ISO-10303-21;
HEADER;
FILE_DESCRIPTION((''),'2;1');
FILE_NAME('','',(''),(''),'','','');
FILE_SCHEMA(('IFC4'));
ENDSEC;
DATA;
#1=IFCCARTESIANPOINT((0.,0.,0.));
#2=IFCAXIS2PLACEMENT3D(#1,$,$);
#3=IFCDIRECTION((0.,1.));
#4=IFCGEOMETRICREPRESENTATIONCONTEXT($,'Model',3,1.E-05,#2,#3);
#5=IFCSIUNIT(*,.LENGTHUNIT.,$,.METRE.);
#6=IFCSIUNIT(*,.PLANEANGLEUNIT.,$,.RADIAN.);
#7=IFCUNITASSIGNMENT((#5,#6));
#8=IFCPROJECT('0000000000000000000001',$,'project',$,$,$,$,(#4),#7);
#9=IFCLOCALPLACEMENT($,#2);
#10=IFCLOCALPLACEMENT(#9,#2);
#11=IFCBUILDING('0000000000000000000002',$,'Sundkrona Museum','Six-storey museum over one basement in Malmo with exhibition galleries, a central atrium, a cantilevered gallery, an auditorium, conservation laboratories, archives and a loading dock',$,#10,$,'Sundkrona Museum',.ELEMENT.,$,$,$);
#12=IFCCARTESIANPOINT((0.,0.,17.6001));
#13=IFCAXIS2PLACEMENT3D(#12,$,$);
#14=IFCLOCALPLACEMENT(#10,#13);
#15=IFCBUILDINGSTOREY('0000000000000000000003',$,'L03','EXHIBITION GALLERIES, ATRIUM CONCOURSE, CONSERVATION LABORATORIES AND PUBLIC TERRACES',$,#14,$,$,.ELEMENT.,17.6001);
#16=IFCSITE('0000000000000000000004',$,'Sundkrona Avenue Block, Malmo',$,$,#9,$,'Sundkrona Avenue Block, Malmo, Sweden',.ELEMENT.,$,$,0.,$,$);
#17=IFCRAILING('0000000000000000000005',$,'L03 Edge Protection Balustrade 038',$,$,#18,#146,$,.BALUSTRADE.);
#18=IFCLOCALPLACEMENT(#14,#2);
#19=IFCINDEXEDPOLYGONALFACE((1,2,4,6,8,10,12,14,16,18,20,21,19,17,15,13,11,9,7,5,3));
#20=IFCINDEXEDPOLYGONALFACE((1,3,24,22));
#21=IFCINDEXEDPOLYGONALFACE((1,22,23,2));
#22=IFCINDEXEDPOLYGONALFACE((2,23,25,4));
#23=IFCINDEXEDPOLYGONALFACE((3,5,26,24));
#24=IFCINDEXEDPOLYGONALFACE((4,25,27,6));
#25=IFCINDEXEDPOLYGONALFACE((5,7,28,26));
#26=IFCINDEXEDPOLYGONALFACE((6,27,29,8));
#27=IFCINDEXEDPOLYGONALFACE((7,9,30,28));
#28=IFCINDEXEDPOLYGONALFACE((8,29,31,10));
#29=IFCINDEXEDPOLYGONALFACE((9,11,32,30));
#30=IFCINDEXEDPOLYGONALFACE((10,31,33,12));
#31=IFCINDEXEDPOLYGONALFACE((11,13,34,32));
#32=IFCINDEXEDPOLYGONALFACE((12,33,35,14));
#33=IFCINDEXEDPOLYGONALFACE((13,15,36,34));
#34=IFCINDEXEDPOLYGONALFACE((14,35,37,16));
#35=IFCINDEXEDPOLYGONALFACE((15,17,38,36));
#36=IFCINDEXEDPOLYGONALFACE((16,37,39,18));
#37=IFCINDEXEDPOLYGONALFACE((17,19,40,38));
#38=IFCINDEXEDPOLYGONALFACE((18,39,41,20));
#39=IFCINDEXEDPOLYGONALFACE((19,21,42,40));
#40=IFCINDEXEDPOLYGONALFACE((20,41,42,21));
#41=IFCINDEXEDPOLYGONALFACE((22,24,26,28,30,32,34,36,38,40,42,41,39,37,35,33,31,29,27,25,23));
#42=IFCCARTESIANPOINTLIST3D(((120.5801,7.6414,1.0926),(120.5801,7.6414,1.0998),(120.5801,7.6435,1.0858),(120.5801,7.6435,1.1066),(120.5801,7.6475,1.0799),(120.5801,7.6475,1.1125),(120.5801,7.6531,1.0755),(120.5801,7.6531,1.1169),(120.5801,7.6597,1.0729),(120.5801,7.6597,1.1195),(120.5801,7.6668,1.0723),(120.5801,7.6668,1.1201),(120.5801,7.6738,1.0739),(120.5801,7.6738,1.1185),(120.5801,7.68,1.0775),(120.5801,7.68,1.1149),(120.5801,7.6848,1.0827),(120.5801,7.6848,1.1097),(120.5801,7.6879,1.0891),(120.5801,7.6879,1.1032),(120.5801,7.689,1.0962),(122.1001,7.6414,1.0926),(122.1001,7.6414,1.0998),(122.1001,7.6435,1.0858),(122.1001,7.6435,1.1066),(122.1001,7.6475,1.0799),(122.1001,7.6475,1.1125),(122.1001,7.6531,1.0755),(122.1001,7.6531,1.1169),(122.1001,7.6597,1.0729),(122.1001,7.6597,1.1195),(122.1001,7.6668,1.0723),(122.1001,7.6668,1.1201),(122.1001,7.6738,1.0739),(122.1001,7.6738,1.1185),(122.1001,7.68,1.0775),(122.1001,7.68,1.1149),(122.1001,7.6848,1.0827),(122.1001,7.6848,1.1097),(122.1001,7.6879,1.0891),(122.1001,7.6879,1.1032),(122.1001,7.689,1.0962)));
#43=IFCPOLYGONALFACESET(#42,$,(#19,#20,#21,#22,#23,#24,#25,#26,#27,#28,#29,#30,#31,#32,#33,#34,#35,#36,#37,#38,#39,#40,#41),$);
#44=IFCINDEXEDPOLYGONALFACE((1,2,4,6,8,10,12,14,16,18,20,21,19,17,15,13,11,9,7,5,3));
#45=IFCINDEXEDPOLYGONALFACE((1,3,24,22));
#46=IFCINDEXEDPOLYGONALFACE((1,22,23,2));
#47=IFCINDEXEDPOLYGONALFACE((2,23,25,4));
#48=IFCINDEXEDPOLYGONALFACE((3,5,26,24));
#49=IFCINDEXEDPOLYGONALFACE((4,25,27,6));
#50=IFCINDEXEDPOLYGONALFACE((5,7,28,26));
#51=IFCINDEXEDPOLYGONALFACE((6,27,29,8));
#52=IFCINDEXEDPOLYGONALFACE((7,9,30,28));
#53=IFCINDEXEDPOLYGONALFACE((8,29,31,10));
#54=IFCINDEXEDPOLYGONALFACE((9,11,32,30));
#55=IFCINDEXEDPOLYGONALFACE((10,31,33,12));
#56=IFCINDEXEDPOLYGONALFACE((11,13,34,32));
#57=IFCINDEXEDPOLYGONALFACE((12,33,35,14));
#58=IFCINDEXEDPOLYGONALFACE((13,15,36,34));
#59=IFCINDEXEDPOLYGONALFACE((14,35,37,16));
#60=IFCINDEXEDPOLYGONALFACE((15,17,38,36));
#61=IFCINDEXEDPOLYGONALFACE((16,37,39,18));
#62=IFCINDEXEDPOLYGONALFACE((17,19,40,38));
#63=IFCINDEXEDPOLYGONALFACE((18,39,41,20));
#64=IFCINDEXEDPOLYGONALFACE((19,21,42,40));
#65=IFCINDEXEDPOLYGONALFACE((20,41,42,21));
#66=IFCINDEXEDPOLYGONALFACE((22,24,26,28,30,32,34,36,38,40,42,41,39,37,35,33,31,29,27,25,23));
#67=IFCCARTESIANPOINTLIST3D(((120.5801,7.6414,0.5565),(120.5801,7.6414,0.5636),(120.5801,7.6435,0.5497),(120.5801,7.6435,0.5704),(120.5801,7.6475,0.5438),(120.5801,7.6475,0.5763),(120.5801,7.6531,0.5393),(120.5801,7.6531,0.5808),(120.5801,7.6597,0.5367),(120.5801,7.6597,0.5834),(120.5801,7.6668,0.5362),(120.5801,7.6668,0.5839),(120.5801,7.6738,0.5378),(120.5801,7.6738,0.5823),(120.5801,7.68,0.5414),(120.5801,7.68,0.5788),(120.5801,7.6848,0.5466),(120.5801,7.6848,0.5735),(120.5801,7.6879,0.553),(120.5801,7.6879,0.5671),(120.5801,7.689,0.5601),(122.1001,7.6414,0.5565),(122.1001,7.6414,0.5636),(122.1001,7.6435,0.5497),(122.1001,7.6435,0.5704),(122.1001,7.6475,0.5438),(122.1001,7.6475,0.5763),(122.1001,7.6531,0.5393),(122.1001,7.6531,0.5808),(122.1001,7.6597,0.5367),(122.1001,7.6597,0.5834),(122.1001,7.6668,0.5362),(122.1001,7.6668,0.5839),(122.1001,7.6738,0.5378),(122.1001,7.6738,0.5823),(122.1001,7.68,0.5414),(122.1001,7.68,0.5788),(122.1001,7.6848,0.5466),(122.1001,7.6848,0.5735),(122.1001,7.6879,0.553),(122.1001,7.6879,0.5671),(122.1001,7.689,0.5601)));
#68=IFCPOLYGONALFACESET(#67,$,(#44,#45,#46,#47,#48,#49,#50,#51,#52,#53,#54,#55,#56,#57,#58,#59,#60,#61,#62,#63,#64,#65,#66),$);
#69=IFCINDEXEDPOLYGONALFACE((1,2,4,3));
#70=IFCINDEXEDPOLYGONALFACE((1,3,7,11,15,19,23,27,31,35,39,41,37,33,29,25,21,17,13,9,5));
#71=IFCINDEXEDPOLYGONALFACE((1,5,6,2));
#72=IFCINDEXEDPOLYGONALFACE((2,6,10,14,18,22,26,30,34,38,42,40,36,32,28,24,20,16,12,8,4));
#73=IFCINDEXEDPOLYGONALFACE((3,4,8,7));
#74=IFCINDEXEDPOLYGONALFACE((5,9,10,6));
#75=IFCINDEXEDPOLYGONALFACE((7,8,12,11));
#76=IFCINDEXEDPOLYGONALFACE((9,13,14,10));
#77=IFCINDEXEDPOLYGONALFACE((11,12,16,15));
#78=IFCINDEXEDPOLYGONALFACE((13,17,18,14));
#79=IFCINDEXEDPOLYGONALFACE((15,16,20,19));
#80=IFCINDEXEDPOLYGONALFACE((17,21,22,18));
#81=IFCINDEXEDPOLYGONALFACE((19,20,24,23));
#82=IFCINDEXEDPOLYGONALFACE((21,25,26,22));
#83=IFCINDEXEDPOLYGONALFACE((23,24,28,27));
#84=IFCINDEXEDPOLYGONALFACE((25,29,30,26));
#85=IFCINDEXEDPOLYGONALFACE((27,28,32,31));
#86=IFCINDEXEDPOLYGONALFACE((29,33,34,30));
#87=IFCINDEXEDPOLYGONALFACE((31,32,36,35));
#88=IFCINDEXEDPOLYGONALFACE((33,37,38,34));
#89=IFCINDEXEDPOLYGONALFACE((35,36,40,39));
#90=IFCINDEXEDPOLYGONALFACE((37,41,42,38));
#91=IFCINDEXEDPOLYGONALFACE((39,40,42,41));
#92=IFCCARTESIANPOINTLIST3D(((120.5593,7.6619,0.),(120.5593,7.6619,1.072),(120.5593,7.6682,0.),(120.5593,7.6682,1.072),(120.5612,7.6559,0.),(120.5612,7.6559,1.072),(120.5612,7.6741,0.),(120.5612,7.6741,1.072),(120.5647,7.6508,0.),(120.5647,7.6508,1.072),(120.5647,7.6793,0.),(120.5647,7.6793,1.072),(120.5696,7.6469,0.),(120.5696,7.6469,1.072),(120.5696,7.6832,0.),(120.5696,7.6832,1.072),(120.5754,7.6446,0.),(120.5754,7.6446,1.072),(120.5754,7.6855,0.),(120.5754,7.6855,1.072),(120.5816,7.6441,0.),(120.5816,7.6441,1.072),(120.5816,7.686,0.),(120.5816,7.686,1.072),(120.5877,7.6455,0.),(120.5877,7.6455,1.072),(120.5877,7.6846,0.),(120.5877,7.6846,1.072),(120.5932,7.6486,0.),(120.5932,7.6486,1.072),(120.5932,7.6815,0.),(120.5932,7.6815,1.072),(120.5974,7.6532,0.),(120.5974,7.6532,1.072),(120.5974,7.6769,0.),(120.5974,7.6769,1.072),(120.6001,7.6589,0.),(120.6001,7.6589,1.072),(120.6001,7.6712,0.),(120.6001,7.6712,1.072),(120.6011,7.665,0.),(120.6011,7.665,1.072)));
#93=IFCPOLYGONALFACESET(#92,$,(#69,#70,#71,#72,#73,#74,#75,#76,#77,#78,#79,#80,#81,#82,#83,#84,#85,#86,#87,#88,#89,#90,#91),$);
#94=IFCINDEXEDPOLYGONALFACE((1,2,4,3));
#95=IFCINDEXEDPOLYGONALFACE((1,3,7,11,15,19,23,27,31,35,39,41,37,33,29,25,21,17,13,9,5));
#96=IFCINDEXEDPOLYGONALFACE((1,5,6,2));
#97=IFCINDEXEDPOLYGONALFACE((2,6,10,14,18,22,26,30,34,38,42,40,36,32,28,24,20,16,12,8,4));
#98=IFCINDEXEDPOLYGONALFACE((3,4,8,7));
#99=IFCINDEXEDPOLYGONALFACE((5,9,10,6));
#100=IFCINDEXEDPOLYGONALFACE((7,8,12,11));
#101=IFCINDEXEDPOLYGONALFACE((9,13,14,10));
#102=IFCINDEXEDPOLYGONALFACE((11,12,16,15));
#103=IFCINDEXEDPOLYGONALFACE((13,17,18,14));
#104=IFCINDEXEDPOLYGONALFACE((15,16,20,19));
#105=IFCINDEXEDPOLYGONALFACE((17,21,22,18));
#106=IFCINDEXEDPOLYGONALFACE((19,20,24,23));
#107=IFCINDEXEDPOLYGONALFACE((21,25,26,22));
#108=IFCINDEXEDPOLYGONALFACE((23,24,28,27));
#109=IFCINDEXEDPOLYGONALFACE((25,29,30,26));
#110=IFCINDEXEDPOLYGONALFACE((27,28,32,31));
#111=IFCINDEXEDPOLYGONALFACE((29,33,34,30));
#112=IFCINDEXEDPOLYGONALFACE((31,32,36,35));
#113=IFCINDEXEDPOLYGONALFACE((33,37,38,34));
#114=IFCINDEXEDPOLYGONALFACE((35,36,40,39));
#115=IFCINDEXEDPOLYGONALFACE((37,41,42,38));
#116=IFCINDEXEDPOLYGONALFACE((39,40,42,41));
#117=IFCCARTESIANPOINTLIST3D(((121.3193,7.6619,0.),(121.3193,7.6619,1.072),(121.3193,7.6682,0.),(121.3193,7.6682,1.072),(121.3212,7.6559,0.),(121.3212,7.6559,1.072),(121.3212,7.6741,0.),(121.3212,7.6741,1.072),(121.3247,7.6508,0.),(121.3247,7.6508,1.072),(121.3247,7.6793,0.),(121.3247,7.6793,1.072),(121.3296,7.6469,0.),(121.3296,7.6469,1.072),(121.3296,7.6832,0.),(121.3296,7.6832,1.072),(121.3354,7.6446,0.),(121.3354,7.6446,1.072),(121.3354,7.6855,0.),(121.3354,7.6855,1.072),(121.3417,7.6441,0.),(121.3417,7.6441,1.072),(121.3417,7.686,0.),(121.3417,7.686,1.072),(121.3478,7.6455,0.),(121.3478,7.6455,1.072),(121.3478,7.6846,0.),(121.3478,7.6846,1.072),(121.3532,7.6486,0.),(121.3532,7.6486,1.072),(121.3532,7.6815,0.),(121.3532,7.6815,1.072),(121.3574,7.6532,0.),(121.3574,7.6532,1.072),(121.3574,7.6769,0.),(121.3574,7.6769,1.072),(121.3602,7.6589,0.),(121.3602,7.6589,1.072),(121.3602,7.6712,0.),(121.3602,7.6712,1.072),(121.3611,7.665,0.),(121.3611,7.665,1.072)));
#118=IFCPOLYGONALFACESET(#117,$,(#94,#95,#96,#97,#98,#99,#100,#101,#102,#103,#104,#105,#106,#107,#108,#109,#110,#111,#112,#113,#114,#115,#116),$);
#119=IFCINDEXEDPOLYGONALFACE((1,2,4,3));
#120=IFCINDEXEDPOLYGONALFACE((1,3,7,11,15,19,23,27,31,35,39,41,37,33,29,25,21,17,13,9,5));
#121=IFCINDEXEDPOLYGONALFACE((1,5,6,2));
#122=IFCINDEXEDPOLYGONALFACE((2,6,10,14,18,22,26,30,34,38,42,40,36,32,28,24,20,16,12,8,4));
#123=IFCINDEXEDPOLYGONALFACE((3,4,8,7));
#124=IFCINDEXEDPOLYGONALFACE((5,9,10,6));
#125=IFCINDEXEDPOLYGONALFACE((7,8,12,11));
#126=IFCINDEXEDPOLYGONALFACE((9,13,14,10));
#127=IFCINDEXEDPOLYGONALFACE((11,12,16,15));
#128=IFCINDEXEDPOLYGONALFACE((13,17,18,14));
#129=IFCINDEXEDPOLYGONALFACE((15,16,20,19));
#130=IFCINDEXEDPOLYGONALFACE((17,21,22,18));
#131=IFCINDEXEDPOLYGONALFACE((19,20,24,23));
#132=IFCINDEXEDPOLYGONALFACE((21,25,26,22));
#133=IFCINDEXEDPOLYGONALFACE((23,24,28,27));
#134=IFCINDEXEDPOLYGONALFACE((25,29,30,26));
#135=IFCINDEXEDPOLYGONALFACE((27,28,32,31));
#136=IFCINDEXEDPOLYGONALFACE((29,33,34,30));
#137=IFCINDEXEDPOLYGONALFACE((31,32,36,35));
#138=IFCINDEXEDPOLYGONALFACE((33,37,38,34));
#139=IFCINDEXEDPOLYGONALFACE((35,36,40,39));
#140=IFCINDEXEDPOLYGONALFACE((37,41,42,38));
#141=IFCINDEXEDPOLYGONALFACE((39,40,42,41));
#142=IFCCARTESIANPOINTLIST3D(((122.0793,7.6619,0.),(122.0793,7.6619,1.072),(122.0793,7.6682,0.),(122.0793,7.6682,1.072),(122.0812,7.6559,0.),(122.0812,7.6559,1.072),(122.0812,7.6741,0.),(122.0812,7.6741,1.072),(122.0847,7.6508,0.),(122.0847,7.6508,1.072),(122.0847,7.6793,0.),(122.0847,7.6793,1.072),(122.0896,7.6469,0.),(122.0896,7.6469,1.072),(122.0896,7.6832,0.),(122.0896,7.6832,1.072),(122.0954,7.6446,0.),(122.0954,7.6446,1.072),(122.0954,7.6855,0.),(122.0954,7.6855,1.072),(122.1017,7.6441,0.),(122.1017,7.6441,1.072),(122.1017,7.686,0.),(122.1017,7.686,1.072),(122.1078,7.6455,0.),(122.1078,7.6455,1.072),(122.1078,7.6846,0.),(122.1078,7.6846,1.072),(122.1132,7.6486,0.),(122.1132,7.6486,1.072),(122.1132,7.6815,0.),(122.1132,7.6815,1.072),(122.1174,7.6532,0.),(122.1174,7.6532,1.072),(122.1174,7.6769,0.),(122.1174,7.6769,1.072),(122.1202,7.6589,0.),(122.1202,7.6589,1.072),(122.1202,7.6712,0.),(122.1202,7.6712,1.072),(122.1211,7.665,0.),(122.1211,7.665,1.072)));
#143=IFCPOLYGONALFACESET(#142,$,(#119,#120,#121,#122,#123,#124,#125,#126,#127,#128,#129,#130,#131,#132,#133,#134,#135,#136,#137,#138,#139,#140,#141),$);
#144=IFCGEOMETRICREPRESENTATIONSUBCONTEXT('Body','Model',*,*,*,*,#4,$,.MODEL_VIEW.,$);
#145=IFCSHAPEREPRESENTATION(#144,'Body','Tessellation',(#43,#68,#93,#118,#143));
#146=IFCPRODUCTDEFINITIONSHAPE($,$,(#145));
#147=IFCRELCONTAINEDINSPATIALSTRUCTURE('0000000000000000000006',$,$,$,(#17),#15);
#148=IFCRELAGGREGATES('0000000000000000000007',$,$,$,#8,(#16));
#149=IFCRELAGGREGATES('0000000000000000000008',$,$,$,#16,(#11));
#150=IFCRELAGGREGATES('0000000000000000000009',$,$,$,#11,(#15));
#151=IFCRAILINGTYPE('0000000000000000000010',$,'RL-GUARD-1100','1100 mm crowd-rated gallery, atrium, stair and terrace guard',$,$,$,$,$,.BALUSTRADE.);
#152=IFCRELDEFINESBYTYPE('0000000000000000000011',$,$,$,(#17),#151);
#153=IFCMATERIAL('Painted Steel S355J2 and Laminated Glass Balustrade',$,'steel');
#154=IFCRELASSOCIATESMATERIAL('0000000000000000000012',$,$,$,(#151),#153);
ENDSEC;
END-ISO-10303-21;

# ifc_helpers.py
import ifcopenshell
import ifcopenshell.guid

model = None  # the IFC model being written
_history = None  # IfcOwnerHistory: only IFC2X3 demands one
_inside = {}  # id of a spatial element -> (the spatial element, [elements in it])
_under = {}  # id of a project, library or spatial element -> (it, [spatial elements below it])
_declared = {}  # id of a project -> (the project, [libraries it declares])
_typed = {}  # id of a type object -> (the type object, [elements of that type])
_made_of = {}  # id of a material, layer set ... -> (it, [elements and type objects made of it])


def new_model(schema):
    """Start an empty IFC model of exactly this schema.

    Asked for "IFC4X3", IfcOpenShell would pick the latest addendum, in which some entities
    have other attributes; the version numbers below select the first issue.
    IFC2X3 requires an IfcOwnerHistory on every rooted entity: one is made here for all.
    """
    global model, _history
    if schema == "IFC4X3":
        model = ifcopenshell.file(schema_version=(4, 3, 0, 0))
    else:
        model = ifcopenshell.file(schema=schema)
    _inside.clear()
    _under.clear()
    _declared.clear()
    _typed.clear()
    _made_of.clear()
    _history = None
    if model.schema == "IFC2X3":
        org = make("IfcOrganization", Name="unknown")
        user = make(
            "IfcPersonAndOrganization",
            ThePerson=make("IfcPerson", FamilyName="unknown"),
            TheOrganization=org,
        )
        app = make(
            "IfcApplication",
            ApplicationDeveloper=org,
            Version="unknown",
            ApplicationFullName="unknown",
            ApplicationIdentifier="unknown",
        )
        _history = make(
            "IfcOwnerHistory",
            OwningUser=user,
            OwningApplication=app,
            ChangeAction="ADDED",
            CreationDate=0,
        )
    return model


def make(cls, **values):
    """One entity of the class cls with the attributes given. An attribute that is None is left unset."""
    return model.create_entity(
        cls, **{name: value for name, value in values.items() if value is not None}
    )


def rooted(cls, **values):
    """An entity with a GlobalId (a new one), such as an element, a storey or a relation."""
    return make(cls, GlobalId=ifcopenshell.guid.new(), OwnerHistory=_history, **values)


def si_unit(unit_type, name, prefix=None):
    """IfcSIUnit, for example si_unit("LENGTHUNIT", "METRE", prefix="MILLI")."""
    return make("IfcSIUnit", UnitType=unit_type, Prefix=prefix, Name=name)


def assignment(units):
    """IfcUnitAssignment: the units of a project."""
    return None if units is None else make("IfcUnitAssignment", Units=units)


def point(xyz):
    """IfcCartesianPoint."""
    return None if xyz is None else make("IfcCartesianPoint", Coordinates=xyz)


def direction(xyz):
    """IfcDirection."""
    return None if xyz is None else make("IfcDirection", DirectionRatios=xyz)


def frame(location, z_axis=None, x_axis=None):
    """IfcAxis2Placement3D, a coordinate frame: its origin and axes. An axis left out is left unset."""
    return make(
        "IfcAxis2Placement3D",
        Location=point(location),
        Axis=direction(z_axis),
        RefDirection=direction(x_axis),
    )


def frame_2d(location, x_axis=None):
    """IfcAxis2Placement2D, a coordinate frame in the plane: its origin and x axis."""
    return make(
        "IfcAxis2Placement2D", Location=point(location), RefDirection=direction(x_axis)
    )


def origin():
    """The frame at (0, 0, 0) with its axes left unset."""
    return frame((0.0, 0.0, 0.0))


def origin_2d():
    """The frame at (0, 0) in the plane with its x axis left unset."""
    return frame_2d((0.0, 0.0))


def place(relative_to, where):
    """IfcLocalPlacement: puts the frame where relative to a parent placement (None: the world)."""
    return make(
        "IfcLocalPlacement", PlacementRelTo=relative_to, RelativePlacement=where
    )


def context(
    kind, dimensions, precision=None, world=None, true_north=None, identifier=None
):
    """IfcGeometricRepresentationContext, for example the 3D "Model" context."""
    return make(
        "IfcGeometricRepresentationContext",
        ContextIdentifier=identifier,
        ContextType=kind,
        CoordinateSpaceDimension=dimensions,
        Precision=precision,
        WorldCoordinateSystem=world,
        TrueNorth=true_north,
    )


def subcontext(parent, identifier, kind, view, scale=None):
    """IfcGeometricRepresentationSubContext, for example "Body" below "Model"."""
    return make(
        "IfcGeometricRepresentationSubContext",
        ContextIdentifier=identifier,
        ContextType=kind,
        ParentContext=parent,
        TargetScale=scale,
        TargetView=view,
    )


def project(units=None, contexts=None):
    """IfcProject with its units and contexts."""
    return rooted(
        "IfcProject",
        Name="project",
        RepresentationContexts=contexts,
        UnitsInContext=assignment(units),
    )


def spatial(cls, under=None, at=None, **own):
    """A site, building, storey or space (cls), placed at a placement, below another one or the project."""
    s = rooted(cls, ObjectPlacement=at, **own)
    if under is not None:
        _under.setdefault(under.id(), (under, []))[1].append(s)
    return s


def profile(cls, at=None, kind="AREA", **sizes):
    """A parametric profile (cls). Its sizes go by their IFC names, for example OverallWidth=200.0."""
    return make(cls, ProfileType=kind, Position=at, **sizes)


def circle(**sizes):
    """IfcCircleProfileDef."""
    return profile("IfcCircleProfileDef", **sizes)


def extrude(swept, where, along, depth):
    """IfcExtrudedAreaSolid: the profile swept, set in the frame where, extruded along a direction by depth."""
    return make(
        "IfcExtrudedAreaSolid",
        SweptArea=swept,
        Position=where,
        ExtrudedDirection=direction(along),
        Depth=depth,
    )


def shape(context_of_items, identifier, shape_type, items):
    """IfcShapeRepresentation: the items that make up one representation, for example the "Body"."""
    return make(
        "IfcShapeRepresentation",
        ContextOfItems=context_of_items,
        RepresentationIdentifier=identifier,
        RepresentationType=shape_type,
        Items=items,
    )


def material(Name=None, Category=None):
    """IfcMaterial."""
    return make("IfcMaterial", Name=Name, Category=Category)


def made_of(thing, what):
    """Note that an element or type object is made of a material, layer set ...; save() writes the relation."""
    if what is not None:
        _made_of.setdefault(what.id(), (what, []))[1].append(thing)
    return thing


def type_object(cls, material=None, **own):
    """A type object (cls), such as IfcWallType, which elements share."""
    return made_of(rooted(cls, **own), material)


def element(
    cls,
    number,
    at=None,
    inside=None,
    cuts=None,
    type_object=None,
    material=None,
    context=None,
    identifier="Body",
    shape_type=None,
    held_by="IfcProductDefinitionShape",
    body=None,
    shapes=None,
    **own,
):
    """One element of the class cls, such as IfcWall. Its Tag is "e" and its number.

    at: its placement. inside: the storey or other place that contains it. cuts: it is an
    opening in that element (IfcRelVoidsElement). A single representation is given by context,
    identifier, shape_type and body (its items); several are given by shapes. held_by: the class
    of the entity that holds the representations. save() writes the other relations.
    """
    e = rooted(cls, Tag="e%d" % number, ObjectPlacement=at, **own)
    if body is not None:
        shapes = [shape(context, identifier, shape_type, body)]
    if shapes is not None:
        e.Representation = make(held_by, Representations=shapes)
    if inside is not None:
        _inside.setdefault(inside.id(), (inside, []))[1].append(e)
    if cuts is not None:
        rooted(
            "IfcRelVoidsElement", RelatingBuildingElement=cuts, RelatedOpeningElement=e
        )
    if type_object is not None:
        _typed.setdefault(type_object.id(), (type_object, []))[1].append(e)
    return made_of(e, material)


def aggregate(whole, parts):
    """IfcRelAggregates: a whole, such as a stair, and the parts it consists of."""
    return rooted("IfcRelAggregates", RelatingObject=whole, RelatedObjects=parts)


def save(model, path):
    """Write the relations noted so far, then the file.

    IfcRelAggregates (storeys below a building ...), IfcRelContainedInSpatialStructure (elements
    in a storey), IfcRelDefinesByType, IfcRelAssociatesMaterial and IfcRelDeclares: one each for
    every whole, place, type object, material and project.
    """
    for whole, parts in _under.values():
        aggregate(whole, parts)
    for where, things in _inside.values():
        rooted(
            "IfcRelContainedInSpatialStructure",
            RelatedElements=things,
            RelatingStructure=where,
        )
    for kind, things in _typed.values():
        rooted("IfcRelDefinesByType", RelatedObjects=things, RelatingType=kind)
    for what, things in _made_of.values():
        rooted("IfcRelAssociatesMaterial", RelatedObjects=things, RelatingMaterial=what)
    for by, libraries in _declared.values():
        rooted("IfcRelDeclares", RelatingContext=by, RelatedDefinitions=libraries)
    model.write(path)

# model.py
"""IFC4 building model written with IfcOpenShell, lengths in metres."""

from ifc_helpers import new_model, si_unit, direction, frame, origin, origin_2d, place, context, subcontext, project, spatial, circle, extrude, material, type_object, element, save


model = new_model("IFC4")

# Units and contexts
model_context = context("Model", 3, precision=1e-05, world=origin(), true_north=direction((0.0, 1.0)))
body_context = subcontext(model_context, "Body", "Model", "MODEL_VIEW")
ifc_project = project(units=[si_unit("LENGTHUNIT", "METRE"), si_unit("PLANEANGLEUNIT", "RADIAN")], contexts=[model_context])

# Site, building, storey
site_placement = place(None, origin())
site = spatial("IfcSite", under=ifc_project, at=site_placement, Name="Sundkrona Avenue Block, Malmo", LongName="Sundkrona Avenue Block, Malmo, Sweden", CompositionType="ELEMENT", RefElevation=0.0)
building_placement = place(site_placement, origin())
building = spatial("IfcBuilding", under=site, at=building_placement, Name="Sundkrona Museum", Description="Six-storey museum over one basement in Malmo with exhibition galleries, a central atrium, a cantilevered gallery, an auditorium, conservation laboratories, archives and a loading dock", LongName="Sundkrona Museum", CompositionType="ELEMENT")
storey_placement = place(building_placement, frame((0.0, 0.0, 17.6001)))
storey = spatial("IfcBuildingStorey", under=building, at=storey_placement, Name="L03", Description="EXHIBITION GALLERIES, ATRIUM CONCOURSE, CONSERVATION LABORATORIES AND PUBLIC TERRACES", CompositionType="ELEMENT", Elevation=17.6001)

# Railing
ifc_material_1 = material(Name="Painted Steel S355J2 and Laminated Glass Balustrade", Category="steel")
railing_type_1 = type_object("IfcRailingType", Name="RL-GUARD-1100", Description="1100 mm crowd-rated gallery, atrium, stair and terrace guard", PredefinedType="BALUSTRADE", material=ifc_material_1)
for number, where, name in (
    (1, (120.5801, 7.665, 0.0), "L03 Edge Protection Balustrade 038"),
):
    element("IfcRailing", number, at=place(storey_placement, frame(where)), inside=storey, type_object=railing_type_1, Name=name, PredefinedType="BALUSTRADE", context=body_context, shape_type="SweptSolid", body=[
        extrude(circle(Radius=0.0239, at=origin_2d()), frame((0.0, 0.0, 1.0962), z_axis=(1.0, 0.0, 0.0), x_axis=(0.0, 1.0, 0.0)), (0.0, 0.0, 1.0), 1.52),
        extrude(circle(Radius=0.0239, at=origin_2d()), frame((0.0, 0.0, 0.5601), z_axis=(1.0, 0.0, 0.0), x_axis=(0.0, 1.0, 0.0)), (0.0, 0.0, 1.0), 1.52),
        extrude(circle(Radius=0.021, at=origin_2d()), origin(), (0.0, 0.0, 1.0), 1.072),
        extrude(circle(Radius=0.021, at=origin_2d()), frame((0.76, 0.0, 0.0)), (0.0, 0.0, 1.0), 1.072),
        extrude(circle(Radius=0.021, at=origin_2d()), frame((1.52, 0.0, 0.0)), (0.0, 0.0, 1.0), 1.072),
    ])

save(model, "model.ifc")
